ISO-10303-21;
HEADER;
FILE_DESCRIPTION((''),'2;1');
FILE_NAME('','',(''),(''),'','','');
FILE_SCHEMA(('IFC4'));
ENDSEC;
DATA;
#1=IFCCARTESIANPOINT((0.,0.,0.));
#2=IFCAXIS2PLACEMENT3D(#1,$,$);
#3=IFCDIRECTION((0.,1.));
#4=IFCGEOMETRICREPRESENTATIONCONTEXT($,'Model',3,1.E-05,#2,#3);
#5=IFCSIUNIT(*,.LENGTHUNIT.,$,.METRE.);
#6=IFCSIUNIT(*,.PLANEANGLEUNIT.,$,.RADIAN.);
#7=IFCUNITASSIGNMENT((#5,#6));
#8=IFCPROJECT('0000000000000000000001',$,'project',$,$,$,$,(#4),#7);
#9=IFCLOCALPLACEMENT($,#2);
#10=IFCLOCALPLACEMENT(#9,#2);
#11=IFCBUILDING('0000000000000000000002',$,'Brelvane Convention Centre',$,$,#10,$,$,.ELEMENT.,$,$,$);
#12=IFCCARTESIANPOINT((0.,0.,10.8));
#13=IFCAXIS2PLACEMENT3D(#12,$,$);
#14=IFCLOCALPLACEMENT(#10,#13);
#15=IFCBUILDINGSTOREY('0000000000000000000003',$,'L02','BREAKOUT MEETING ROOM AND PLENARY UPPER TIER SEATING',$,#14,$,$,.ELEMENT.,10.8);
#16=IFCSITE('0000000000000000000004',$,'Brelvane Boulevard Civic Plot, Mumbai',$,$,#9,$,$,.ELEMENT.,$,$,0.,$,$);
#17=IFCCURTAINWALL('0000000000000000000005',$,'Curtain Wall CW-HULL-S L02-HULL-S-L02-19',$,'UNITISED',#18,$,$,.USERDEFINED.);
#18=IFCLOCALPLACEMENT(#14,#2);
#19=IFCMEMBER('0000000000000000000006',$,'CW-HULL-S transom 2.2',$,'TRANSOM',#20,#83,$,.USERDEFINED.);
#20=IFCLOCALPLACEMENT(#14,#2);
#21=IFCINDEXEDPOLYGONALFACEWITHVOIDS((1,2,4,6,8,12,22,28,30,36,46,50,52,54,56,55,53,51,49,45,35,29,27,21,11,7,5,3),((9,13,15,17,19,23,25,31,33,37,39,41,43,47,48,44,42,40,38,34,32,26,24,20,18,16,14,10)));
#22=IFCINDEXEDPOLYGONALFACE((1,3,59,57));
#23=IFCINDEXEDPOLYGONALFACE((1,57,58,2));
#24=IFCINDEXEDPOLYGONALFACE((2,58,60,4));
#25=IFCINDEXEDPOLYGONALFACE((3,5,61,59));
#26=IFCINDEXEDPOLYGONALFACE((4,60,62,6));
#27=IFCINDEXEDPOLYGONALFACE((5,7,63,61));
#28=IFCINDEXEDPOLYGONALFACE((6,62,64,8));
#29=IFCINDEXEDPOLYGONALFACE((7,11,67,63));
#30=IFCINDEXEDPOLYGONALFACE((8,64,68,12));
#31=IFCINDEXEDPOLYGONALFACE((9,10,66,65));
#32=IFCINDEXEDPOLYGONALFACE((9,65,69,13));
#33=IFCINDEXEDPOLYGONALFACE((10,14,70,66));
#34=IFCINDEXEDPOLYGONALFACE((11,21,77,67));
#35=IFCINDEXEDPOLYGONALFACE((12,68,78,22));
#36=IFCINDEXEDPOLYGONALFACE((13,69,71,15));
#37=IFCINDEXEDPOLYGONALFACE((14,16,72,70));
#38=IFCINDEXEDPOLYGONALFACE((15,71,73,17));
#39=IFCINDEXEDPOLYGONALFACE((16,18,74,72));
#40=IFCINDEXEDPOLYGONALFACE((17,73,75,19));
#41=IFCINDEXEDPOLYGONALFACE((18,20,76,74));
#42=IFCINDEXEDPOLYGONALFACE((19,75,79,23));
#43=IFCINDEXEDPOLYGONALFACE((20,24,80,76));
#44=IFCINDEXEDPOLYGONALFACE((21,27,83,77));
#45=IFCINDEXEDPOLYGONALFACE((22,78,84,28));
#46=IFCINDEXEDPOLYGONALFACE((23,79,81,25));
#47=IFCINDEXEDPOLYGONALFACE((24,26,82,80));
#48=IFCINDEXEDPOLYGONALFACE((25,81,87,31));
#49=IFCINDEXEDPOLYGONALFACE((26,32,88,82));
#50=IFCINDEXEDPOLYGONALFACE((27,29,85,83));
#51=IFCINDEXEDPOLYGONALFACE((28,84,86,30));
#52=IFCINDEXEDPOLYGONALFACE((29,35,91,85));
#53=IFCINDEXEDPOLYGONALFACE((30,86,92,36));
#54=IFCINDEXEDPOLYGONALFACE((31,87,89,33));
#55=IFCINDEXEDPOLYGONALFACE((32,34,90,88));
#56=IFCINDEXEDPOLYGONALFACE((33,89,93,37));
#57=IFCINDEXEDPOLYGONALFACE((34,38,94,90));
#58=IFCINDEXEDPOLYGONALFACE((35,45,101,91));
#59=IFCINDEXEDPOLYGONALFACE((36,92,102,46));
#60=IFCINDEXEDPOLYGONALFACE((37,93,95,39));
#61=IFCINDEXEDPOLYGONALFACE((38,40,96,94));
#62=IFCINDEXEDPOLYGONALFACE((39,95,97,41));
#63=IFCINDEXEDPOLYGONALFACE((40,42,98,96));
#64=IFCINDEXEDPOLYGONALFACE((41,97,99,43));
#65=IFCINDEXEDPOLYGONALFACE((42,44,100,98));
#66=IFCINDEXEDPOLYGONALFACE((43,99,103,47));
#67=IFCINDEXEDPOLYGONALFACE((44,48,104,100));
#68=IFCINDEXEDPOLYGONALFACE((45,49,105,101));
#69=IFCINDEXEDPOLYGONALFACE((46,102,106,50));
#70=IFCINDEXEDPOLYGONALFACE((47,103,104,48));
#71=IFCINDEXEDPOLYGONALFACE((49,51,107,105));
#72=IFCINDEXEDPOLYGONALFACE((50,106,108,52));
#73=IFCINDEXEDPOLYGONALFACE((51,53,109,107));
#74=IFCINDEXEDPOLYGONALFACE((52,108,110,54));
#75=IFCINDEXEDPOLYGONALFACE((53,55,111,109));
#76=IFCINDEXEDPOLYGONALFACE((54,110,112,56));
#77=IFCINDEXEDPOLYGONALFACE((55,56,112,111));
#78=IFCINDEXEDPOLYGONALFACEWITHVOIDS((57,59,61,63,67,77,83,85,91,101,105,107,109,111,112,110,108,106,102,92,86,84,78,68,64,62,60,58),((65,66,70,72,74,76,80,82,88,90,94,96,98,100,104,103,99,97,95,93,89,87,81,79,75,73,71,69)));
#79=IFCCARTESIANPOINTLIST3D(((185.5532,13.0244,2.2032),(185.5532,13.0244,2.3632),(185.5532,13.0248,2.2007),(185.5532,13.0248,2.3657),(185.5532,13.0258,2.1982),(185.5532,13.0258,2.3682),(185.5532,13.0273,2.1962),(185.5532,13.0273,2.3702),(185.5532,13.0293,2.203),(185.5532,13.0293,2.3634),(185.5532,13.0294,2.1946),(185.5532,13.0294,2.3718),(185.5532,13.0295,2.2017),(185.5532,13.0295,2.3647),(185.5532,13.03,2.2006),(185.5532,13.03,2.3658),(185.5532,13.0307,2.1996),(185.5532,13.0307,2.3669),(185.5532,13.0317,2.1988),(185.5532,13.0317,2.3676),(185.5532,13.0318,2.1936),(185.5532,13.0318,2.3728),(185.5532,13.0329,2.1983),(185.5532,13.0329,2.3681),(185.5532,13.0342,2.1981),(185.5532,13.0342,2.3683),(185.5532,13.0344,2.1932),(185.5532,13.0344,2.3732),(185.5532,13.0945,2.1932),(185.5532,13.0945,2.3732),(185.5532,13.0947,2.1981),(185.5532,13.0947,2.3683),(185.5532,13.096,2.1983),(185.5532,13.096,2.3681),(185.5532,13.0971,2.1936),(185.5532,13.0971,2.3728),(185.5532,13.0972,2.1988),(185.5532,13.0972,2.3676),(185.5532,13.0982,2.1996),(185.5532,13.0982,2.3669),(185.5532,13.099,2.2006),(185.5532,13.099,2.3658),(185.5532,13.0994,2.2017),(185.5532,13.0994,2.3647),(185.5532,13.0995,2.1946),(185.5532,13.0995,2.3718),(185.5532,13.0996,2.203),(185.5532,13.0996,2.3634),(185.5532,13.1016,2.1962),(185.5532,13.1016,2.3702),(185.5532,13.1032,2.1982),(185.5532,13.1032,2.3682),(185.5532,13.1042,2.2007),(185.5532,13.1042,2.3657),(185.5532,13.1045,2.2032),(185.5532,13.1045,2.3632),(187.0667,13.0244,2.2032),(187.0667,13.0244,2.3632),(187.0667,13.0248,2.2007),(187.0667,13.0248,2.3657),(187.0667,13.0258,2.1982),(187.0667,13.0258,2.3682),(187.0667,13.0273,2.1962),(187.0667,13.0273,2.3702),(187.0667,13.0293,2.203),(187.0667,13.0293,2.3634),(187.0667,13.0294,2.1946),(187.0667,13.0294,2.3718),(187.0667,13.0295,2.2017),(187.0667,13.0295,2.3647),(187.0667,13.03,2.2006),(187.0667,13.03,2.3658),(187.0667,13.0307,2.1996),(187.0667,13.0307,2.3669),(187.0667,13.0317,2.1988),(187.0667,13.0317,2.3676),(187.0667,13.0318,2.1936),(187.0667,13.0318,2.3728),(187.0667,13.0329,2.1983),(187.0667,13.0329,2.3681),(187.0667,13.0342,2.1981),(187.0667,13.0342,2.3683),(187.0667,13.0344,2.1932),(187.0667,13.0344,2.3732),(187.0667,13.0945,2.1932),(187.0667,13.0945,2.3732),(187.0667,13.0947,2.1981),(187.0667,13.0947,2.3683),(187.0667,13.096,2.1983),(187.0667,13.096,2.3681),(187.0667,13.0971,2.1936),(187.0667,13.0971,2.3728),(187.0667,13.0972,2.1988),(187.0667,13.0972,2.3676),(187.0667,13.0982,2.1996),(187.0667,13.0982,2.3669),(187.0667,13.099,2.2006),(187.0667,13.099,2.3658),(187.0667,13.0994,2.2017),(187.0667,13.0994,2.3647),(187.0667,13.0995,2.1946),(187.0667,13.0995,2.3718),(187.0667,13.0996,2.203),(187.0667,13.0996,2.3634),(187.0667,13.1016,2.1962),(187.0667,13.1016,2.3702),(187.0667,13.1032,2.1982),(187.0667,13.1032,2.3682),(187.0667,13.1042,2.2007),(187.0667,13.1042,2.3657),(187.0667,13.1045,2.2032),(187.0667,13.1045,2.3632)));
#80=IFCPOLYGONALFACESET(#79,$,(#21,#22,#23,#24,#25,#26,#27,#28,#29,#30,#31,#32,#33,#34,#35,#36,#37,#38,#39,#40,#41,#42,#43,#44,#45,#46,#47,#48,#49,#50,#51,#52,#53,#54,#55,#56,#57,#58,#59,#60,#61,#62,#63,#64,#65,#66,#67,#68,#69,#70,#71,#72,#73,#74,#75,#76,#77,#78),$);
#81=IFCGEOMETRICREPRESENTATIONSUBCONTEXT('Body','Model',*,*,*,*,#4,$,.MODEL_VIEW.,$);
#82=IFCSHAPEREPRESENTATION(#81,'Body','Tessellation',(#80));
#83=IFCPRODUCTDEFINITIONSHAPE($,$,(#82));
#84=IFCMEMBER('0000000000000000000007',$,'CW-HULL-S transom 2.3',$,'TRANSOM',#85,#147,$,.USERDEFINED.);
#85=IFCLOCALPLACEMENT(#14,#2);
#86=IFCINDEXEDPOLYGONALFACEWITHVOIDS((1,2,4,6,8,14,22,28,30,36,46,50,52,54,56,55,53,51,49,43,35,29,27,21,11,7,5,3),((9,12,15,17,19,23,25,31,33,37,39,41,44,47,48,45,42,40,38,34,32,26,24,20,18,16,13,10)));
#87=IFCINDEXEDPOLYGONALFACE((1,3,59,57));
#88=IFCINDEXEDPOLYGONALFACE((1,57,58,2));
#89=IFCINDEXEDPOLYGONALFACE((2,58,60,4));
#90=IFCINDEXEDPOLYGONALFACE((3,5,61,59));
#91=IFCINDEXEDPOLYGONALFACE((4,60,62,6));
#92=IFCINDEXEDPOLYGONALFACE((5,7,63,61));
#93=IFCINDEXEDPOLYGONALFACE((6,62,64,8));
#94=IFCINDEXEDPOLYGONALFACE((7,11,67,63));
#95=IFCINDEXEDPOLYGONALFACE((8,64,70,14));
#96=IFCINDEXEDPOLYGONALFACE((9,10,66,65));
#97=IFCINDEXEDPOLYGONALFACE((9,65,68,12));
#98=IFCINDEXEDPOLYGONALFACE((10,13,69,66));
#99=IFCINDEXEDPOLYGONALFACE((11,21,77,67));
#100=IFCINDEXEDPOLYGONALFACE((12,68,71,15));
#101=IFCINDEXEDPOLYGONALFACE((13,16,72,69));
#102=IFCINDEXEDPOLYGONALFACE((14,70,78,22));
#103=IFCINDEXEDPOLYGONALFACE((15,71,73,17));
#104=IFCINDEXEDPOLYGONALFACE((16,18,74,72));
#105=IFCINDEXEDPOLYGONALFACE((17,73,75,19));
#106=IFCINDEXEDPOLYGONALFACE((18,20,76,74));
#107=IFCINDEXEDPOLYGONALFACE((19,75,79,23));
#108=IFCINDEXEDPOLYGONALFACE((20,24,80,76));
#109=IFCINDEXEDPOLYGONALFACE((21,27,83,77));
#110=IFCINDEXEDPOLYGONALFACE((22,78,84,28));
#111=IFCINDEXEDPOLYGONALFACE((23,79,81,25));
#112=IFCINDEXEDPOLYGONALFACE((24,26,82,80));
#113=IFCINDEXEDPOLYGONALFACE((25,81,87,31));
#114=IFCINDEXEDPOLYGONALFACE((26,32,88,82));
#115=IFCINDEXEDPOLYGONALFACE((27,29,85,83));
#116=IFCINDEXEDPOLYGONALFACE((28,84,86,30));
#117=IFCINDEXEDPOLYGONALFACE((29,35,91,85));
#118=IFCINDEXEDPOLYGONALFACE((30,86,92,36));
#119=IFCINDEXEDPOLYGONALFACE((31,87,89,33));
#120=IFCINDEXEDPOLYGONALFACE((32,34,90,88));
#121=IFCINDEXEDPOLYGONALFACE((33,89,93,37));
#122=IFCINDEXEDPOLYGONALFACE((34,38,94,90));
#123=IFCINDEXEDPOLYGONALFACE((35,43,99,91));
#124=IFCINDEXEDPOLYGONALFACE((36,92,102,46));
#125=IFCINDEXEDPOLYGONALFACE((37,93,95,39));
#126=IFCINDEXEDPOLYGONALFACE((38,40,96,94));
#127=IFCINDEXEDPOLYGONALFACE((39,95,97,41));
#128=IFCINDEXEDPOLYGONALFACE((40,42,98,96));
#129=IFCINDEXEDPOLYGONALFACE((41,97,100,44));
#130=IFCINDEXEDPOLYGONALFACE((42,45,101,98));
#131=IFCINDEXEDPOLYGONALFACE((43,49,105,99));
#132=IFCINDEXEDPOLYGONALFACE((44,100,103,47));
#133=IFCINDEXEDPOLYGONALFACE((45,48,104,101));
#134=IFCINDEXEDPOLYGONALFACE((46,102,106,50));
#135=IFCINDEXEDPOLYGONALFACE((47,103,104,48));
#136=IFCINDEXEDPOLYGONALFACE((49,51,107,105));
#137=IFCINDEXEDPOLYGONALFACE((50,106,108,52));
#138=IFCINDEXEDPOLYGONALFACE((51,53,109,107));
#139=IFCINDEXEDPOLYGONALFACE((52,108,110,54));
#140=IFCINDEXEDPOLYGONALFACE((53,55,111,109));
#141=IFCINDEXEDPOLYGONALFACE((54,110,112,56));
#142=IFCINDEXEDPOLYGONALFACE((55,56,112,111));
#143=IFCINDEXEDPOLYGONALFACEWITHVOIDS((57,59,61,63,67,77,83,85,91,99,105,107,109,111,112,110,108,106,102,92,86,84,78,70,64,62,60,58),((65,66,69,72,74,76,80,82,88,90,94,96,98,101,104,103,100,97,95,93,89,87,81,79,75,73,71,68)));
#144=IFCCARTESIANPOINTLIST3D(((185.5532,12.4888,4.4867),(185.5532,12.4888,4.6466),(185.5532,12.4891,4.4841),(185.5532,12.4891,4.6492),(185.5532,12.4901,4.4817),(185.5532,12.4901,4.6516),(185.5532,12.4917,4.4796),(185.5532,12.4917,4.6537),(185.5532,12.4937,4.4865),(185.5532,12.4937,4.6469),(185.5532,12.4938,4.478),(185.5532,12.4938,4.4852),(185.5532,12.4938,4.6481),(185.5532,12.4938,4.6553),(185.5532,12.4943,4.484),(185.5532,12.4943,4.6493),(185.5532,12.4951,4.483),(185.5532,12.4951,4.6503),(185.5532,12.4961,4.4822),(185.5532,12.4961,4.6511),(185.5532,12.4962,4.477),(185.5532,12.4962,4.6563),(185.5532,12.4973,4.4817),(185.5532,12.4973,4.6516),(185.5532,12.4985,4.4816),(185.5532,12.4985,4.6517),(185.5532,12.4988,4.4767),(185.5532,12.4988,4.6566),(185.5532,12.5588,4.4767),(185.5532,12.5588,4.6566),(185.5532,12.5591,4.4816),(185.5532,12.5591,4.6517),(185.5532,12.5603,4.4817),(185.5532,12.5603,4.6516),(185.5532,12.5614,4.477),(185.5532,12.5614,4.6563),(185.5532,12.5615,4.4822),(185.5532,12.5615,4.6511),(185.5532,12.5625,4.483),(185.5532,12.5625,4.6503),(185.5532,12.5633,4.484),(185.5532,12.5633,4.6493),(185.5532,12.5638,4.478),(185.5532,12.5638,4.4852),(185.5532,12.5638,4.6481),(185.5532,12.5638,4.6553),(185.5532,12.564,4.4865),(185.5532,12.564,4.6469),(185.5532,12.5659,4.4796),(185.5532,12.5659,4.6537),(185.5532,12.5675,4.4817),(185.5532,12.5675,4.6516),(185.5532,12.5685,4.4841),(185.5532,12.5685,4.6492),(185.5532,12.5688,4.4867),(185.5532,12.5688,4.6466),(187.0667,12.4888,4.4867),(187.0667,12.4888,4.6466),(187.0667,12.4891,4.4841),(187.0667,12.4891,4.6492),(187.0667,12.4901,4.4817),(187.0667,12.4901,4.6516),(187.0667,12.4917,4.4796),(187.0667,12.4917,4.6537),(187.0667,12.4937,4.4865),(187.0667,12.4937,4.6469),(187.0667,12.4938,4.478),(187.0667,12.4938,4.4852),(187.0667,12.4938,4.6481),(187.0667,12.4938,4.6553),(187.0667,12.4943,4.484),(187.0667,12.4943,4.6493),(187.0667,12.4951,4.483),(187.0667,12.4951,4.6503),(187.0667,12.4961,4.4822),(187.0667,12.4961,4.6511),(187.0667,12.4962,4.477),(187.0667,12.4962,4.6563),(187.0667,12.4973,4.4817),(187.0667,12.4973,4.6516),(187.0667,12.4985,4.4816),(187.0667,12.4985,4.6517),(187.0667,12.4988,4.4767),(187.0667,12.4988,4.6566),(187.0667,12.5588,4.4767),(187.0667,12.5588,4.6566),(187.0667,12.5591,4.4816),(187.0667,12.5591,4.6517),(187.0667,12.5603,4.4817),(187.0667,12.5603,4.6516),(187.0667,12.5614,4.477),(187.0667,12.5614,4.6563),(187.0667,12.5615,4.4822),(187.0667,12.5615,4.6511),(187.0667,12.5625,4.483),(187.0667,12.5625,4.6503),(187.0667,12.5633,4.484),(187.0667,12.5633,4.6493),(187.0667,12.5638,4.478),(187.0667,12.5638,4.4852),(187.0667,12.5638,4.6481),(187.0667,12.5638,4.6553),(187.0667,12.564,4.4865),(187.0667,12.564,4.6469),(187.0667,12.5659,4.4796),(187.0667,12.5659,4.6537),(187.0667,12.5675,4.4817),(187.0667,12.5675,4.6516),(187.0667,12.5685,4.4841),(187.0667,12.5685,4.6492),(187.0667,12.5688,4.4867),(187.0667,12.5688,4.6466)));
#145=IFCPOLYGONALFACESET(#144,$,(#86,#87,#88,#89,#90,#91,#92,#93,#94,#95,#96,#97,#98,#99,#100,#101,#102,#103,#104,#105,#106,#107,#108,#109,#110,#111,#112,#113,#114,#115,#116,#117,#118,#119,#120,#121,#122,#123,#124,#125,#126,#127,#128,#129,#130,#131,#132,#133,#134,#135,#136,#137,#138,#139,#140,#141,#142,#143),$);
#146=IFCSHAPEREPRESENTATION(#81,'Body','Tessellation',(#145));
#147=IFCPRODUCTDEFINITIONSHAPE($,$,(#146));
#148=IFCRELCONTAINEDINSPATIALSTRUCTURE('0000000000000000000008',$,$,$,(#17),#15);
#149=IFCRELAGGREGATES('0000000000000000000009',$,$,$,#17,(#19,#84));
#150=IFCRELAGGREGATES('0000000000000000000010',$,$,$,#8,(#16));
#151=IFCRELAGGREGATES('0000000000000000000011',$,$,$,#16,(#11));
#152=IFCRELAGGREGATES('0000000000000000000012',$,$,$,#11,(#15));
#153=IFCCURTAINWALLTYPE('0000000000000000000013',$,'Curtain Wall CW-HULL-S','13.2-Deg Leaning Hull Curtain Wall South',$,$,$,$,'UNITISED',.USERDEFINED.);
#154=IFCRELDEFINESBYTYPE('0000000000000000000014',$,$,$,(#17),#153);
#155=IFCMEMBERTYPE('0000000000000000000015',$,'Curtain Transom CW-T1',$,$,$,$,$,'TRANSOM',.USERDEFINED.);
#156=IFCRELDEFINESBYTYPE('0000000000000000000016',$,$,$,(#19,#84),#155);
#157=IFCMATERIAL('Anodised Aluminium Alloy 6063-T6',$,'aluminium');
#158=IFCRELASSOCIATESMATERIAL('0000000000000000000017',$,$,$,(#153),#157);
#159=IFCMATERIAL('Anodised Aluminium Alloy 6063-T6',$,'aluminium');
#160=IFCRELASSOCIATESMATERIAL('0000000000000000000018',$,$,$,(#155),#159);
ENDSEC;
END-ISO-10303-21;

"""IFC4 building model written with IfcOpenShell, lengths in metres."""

from ifc_helpers import new_model, si_unit, direction, frame, origin, origin_2d, place, context, subcontext, project, spatial, hollow_rectangle, extrude, material, material_profile, profile_set, type_object, element, aggregate, save


model = new_model("IFC4")

# Units and contexts
model_context = context("Model", 3, precision=1e-05, world=origin(), true_north=direction((0.0, 1.0)))
body_context = subcontext(model_context, "Body", "Model", "MODEL_VIEW")
ifc_project = project(units=[si_unit("LENGTHUNIT", "METRE"), si_unit("PLANEANGLEUNIT", "RADIAN")], contexts=[model_context])

# Site, building, storey
site_placement = place(None, origin())
site = spatial("IfcSite", under=ifc_project, at=site_placement, Name="Brelvane Boulevard Civic Plot, Mumbai", CompositionType="ELEMENT", RefElevation=0.0)
building_placement = place(site_placement, origin())
building = spatial("IfcBuilding", under=site, at=building_placement, Name="Brelvane Convention Centre", CompositionType="ELEMENT")
storey_placement = place(building_placement, frame((0.0, 0.0, 10.8)))
storey = spatial("IfcBuildingStorey", under=building, at=storey_placement, Name="L02", Description="BREAKOUT MEETING ROOM AND PLENARY UPPER TIER SEATING", CompositionType="ELEMENT", Elevation=10.8)

# Curtain wall, members
ifc_material_1 = material(Name="Anodised Aluminium Alloy 6063-T6", Category="aluminium")
curtain_wall_type = type_object("IfcCurtainWallType", Name="Curtain Wall CW-HULL-S", Description="13.2-Deg Leaning Hull Curtain Wall South", ElementType="UNITISED", PredefinedType="USERDEFINED", material=ifc_material_1)
ifc_material_2 = material(Name="Anodised Aluminium Alloy 6063-T6", Category="aluminium")
ifc_material_profile = material_profile(ifc_material_2, hollow_rectangle(XDim=0.0801, YDim=0.1799, WallThickness=0.0049, InnerFilletRadius=0.0049, OuterFilletRadius=0.01, at=origin_2d()), Name="ALU-T 180x80x5.0")
ifc_profile_set = profile_set([ifc_material_profile], Name="Anodised Aluminium Alloy 6063-T6")
member_type = type_object("IfcMemberType", Name="Curtain Transom CW-T1", ElementType="TRANSOM", PredefinedType="USERDEFINED", material=ifc_profile_set)
curtain_wall_1_placement = place(storey_placement, origin())
curtain_wall_1 = element("IfcCurtainWall", 1, at=curtain_wall_1_placement, inside=storey, type_object=curtain_wall_type, Name="Curtain Wall CW-HULL-S L02-HULL-S-L02-19", ObjectType="UNITISED", PredefinedType="USERDEFINED")
member_1_placement = place(storey_placement, frame((185.5532, 13.0645, 2.2832), z_axis=(1.0, 0.0, 0.0), x_axis=(0.0, 1.0, 0.0)))
member_1 = element("IfcMember", 2, at=member_1_placement, type_object=member_type, Name="CW-HULL-S transom 2.2", ObjectType="TRANSOM", PredefinedType="USERDEFINED", context=body_context, shape_type="SweptSolid", body=[
    extrude(hollow_rectangle(XDim=0.0801, YDim=0.1799, WallThickness=0.0049, InnerFilletRadius=0.0049, OuterFilletRadius=0.01, at=origin_2d()), origin(), (0.0, 0.0, 1.0), 1.5134),
])
member_2_placement = place(storey_placement, frame((185.5532, 12.5288, 4.5667), z_axis=(1.0, 0.0, 0.0), x_axis=(0.0, 1.0, 0.0)))
member_2 = element("IfcMember", 3, at=member_2_placement, type_object=member_type, Name="CW-HULL-S transom 2.3", ObjectType="TRANSOM", PredefinedType="USERDEFINED", context=body_context, shape_type="SweptSolid", body=[
    extrude(hollow_rectangle(XDim=0.0801, YDim=0.1799, WallThickness=0.0049, InnerFilletRadius=0.0049, OuterFilletRadius=0.01, at=origin_2d()), origin(), (0.0, 0.0, 1.0), 1.5134),
])

aggregate(curtain_wall_1, [member_1, member_2])

save(model, "model.ifc")
